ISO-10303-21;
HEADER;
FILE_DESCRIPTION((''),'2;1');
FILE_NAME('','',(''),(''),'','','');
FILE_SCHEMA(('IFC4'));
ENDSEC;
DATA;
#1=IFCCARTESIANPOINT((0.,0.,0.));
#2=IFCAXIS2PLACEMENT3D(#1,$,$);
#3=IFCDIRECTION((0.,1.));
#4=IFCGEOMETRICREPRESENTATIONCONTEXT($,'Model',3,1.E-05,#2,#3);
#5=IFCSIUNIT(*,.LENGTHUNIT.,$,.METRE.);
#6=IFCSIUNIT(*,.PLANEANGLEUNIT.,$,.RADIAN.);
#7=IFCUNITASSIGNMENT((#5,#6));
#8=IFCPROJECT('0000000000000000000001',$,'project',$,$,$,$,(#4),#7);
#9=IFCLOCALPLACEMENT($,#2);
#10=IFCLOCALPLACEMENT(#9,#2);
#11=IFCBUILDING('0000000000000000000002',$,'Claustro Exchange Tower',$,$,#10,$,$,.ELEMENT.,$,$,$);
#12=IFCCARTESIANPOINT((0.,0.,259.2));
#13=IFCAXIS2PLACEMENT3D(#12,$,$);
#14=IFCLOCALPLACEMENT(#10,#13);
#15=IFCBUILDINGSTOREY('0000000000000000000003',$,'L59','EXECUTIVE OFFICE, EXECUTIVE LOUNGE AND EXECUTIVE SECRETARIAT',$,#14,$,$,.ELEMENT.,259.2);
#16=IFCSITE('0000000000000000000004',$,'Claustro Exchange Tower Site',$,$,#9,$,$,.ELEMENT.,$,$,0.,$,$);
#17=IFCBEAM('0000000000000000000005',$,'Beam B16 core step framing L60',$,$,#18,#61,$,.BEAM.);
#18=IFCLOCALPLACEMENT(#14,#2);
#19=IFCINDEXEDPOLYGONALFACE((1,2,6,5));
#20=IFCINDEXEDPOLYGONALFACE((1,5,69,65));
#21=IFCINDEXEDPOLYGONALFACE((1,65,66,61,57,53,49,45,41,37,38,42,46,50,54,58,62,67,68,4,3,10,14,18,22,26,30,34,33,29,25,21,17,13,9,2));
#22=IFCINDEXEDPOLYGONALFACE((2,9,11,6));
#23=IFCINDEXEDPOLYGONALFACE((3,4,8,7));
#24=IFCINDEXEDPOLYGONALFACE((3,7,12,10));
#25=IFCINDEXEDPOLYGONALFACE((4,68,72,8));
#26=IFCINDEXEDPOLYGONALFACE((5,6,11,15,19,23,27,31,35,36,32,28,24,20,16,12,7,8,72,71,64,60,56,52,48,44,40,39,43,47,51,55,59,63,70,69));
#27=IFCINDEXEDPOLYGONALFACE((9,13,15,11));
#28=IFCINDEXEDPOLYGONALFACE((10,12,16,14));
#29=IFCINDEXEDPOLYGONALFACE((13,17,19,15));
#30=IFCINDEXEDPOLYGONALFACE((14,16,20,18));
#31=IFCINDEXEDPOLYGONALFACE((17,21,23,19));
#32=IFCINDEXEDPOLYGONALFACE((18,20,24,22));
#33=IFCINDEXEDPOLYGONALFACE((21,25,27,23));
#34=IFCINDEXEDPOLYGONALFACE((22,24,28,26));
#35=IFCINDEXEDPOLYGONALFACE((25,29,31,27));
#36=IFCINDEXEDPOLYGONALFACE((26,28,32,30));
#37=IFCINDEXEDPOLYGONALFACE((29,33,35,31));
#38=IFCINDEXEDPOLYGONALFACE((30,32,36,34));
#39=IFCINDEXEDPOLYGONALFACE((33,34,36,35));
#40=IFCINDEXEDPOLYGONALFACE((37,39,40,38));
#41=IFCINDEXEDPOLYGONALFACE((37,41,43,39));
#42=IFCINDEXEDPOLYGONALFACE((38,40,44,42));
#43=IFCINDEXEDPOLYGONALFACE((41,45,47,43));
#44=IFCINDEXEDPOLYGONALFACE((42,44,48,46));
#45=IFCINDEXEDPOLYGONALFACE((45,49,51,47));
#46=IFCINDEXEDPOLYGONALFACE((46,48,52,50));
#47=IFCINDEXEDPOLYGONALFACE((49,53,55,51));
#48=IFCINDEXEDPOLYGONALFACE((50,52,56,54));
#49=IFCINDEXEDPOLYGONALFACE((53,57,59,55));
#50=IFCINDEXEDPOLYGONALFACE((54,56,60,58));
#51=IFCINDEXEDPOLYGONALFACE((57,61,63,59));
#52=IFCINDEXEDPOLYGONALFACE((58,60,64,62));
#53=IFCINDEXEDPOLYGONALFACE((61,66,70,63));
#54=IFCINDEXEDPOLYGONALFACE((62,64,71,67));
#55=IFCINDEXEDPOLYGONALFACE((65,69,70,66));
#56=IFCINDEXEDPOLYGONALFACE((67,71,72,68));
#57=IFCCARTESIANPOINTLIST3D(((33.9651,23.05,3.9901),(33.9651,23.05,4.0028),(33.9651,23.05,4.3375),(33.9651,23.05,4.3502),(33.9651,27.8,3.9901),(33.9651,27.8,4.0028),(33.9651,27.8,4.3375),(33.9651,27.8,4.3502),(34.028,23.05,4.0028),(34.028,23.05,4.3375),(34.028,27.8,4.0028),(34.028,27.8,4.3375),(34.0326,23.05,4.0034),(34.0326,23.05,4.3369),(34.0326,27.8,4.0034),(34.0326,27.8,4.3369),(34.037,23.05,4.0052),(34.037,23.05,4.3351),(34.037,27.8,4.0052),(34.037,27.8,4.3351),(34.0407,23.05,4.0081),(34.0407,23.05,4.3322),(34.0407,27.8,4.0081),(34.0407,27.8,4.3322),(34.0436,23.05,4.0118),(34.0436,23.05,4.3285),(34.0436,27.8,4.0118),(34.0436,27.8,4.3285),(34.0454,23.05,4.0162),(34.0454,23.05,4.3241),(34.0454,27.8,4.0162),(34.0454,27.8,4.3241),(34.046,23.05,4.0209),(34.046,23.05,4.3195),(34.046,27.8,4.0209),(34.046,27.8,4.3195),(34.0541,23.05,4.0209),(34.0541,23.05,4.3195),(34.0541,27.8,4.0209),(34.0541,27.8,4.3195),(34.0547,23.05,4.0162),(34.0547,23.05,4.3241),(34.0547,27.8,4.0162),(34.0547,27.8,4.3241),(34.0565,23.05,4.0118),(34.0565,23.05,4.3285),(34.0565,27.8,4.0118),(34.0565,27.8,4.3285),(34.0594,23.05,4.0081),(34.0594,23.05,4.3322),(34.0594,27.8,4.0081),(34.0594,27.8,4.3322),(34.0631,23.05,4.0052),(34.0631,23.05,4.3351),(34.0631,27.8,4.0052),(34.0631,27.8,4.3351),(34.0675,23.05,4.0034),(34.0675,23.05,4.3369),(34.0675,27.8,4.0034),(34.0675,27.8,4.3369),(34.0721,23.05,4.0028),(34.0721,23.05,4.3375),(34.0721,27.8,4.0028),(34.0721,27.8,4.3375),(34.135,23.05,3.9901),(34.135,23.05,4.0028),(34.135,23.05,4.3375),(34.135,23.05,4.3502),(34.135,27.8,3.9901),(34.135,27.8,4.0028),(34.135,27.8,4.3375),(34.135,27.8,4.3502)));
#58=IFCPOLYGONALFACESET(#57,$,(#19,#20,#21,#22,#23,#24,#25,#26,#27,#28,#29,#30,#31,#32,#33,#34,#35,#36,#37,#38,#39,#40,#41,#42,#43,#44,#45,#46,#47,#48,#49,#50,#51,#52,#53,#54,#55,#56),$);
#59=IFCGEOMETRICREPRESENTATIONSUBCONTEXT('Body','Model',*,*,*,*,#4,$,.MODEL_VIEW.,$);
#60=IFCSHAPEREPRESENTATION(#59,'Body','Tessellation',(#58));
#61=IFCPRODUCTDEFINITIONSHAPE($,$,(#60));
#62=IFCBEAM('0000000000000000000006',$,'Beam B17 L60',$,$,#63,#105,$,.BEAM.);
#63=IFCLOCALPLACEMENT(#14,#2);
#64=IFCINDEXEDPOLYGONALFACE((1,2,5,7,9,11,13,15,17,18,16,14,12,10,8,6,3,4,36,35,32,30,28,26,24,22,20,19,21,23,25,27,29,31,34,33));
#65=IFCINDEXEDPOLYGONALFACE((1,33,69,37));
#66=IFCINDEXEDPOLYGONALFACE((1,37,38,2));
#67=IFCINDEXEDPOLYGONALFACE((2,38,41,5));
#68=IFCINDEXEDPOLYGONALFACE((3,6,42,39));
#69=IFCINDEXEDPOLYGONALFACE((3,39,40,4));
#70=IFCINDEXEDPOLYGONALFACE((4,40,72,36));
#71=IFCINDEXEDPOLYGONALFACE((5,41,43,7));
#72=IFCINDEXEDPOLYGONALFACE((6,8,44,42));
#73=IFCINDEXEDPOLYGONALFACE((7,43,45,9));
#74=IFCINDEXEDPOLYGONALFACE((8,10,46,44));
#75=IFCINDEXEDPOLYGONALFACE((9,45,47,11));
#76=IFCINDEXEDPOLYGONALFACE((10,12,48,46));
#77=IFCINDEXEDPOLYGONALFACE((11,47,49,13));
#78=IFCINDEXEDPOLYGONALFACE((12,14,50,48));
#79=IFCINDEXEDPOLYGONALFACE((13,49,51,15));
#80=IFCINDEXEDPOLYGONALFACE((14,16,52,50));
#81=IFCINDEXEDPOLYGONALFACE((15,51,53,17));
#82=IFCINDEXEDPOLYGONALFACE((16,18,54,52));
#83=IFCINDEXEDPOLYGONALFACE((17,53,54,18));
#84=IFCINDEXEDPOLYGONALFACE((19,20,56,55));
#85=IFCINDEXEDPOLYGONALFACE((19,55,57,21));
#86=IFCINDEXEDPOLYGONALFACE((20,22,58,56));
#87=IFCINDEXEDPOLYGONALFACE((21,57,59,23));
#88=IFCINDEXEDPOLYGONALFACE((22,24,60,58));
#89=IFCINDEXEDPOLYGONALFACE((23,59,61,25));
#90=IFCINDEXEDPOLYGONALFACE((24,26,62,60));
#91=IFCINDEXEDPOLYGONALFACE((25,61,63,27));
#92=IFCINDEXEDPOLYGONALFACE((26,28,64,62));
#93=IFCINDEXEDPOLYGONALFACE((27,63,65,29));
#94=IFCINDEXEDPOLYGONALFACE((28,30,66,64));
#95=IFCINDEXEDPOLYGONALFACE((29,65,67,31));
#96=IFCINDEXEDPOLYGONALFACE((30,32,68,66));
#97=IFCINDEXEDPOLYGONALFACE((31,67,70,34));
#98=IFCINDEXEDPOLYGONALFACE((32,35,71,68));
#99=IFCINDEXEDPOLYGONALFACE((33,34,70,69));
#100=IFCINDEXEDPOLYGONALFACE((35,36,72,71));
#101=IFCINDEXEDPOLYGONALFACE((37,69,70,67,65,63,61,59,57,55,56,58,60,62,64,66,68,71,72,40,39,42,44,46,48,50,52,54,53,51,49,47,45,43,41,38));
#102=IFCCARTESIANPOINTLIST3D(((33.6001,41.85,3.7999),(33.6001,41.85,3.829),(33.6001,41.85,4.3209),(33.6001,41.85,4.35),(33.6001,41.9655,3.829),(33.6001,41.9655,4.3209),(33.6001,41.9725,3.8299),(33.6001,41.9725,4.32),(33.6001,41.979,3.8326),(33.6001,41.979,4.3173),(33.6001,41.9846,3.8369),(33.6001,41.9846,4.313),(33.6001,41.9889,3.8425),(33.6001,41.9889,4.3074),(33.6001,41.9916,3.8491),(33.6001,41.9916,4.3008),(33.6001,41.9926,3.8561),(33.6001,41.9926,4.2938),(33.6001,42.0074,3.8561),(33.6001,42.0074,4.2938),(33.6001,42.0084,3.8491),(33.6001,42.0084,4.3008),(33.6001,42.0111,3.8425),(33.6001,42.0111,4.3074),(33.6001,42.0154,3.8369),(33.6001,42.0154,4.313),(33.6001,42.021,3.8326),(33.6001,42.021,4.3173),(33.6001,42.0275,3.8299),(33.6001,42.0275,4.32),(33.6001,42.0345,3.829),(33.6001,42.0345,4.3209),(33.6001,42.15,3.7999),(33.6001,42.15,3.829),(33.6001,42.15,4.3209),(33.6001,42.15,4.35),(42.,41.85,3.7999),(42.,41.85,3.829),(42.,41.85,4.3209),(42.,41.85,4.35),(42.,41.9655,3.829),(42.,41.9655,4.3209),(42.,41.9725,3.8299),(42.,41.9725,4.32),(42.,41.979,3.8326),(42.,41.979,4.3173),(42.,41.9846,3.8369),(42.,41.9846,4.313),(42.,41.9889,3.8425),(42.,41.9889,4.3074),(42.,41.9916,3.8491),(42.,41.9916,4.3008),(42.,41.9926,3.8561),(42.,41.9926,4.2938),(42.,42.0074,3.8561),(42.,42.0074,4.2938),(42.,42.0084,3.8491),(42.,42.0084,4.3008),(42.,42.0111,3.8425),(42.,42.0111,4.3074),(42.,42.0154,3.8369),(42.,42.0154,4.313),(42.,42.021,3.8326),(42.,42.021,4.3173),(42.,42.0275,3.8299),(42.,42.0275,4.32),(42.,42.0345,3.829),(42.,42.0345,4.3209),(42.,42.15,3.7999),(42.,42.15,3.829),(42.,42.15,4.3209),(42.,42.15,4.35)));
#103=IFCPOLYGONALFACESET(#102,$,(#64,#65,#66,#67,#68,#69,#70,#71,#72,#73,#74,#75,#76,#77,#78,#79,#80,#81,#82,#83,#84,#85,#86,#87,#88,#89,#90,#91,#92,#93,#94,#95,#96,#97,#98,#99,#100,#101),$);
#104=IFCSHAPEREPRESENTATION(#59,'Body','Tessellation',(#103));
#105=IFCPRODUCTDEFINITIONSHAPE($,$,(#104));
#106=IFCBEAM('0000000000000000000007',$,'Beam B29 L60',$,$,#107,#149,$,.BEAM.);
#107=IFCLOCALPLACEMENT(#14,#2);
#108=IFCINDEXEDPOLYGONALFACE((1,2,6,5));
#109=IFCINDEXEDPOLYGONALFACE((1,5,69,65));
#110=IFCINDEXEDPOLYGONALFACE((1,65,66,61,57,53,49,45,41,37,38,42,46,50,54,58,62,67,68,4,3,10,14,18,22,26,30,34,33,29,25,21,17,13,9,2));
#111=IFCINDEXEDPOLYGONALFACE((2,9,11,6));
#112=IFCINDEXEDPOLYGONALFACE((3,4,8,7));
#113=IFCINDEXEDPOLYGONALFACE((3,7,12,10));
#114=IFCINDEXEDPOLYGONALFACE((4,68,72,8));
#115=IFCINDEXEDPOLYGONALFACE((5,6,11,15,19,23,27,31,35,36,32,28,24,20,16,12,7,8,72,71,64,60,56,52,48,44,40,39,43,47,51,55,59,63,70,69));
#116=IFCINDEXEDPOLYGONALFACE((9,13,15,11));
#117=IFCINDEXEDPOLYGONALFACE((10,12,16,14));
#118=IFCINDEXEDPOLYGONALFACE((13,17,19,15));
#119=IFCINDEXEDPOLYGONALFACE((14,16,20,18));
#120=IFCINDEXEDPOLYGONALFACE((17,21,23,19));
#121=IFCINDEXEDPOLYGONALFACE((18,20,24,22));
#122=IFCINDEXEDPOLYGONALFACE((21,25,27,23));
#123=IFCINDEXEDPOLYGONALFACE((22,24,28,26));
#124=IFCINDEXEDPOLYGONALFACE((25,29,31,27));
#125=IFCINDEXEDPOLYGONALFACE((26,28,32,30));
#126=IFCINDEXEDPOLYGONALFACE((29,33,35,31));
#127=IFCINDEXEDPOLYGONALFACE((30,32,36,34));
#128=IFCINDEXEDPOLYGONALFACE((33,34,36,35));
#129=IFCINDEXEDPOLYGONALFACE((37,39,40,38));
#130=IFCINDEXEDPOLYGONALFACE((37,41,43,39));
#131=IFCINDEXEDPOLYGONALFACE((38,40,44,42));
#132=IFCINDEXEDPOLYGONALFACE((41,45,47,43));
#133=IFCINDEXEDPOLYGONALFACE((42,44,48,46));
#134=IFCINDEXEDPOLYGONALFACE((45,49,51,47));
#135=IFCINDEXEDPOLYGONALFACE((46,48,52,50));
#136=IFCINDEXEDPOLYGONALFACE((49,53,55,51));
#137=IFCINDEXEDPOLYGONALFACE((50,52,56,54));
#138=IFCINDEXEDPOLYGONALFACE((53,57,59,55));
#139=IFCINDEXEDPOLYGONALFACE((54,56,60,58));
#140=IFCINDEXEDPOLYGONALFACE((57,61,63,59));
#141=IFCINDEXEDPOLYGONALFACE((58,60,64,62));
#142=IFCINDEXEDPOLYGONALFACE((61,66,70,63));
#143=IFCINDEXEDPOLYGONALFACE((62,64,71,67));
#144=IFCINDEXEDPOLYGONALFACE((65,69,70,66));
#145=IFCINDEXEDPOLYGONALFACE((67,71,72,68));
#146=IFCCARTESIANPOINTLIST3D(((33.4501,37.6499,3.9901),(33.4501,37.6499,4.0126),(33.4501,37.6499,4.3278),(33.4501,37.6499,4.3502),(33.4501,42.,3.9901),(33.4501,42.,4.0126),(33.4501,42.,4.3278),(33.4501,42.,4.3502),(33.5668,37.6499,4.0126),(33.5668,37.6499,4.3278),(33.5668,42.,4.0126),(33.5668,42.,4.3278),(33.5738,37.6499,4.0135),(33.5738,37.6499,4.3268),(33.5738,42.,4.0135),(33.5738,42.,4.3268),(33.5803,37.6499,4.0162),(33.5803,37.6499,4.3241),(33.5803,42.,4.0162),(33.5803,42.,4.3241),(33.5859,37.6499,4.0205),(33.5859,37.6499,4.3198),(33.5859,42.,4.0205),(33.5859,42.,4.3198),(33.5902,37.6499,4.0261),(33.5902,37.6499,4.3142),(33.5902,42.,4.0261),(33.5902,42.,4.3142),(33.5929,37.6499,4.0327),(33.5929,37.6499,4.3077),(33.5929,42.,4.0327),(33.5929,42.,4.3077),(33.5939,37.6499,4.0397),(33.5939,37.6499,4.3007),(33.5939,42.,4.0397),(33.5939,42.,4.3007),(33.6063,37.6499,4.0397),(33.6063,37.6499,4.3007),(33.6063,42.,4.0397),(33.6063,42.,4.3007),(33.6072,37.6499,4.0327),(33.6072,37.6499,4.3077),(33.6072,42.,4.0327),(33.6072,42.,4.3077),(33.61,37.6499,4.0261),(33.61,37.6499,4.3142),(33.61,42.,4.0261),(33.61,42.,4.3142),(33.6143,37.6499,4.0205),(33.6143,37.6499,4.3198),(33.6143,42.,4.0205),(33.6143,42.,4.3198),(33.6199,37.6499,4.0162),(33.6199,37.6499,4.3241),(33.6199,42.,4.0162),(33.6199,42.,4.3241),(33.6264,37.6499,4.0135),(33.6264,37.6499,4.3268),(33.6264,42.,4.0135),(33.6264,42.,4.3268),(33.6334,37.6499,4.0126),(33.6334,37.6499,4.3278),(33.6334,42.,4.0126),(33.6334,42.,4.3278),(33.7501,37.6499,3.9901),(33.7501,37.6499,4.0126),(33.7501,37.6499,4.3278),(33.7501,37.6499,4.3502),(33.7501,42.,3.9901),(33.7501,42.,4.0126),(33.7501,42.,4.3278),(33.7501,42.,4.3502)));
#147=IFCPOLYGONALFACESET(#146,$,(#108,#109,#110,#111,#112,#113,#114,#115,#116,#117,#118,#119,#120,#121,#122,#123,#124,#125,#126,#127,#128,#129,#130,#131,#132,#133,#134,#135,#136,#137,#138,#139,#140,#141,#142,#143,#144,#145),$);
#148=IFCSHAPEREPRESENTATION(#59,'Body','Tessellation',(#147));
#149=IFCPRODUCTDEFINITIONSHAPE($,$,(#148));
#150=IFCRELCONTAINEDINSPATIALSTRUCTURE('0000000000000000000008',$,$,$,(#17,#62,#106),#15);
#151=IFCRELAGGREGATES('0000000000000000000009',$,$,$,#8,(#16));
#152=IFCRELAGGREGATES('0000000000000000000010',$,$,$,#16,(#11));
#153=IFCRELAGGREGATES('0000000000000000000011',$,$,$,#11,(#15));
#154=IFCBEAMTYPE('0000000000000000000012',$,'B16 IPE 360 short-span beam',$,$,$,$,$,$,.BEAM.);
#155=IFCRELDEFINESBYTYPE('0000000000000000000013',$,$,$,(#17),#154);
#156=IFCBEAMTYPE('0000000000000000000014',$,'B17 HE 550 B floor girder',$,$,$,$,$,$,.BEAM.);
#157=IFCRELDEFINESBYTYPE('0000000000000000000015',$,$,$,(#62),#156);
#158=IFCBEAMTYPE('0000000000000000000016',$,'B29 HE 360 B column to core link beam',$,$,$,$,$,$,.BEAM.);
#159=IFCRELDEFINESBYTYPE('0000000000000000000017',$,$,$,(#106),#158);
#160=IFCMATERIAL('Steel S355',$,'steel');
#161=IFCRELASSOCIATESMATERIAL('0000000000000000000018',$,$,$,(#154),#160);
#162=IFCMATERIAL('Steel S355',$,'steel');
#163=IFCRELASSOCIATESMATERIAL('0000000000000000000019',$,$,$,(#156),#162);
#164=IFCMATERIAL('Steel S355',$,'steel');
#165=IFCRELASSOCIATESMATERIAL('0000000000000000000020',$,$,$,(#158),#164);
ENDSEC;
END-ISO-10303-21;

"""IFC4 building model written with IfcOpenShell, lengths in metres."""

from ifc_helpers import new_model, si_unit, direction, frame, origin, origin_2d, place, context, subcontext, project, spatial, i_section, extrude, material, material_profile, profile_set, type_object, element, save


model = new_model("IFC4")

# Units and contexts
model_context = context("Model", 3, precision=1e-05, world=origin(), true_north=direction((0.0, 1.0)))
body_context = subcontext(model_context, "Body", "Model", "MODEL_VIEW")
ifc_project = project(units=[si_unit("LENGTHUNIT", "METRE"), si_unit("PLANEANGLEUNIT", "RADIAN")], contexts=[model_context])

# Site, building, storey
site_placement = place(None, origin())
site = spatial("IfcSite", under=ifc_project, at=site_placement, Name="Claustro Exchange Tower Site", CompositionType="ELEMENT", RefElevation=0.0)
building_placement = place(site_placement, origin())
building = spatial("IfcBuilding", under=site, at=building_placement, Name="Claustro Exchange Tower", CompositionType="ELEMENT")
storey_placement = place(building_placement, frame((0.0, 0.0, 259.2)))
storey = spatial("IfcBuildingStorey", under=building, at=storey_placement, Name="L59", Description="EXECUTIVE OFFICE, EXECUTIVE LOUNGE AND EXECUTIVE SECRETARIAT", CompositionType="ELEMENT", Elevation=259.2)

# Beams
ifc_material_1 = material(Name="Steel S355", Category="steel")
ifc_material_profile_1 = material_profile(ifc_material_1, i_section(OverallWidth=0.1699, OverallDepth=0.3601, WebThickness=0.0081, FlangeThickness=0.0127, FilletRadius=0.0181, at=origin_2d()), Name="IPE 360")
ifc_profile_set_1 = profile_set([ifc_material_profile_1], Name="Steel S355")
beam_type_1 = type_object("IfcBeamType", Name="B16 IPE 360 short-span beam", PredefinedType="BEAM", material=ifc_profile_set_1)
beam_1_placement = place(storey_placement, frame((34.05, 23.05, 4.1702), z_axis=(0.0, 1.0, 0.0), x_axis=(-1.0, 0.0, 0.0)))
element("IfcBeam", 1, at=beam_1_placement, inside=storey, type_object=beam_type_1, Name="Beam B16 core step framing L60", PredefinedType="BEAM", context=body_context, shape_type="SweptSolid", body=[
    extrude(i_section(OverallWidth=0.1699, OverallDepth=0.3601, WebThickness=0.0081, FlangeThickness=0.0127, FilletRadius=0.0181, at=origin_2d()), origin(), (0.0, 0.0, 1.0), 4.75),
])
ifc_material_2 = material(Name="Steel S355", Category="steel")
ifc_material_profile_2 = material_profile(ifc_material_2, i_section(OverallWidth=0.3, OverallDepth=0.55, WebThickness=0.0149, FlangeThickness=0.0291, FilletRadius=0.0271, at=origin_2d()), Name="HE 550 B")
ifc_profile_set_2 = profile_set([ifc_material_profile_2], Name="Steel S355")
beam_type_2 = type_object("IfcBeamType", Name="B17 HE 550 B floor girder", PredefinedType="BEAM", material=ifc_profile_set_2)
beam_2_placement = place(storey_placement, frame((33.6001, 42.0, 4.075), z_axis=(1.0, 0.0, 0.0), x_axis=(0.0, 1.0, 0.0)))
element("IfcBeam", 2, at=beam_2_placement, inside=storey, type_object=beam_type_2, Name="Beam B17 L60", PredefinedType="BEAM", context=body_context, shape_type="SweptSolid", body=[
    extrude(i_section(OverallWidth=0.3, OverallDepth=0.55, WebThickness=0.0149, FlangeThickness=0.0291, FilletRadius=0.0271, at=origin_2d()), origin(), (0.0, 0.0, 1.0), 8.3999),
])
ifc_material_3 = material(Name="Steel S355", Category="steel")
ifc_material_profile_3 = material_profile(ifc_material_3, i_section(OverallWidth=0.3, OverallDepth=0.3601, WebThickness=0.0125, FlangeThickness=0.0225, FilletRadius=0.0271, at=origin_2d()), Name="HE 360 B")
ifc_profile_set_3 = profile_set([ifc_material_profile_3], Name="Steel S355")
beam_type_3 = type_object("IfcBeamType", Name="B29 HE 360 B column to core link beam", PredefinedType="BEAM", material=ifc_profile_set_3)
beam_3_placement = place(storey_placement, frame((33.6001, 37.6499, 4.1702), z_axis=(0.0, 1.0, 0.0), x_axis=(-1.0, 0.0, 0.0)))
element("IfcBeam", 3, at=beam_3_placement, inside=storey, type_object=beam_type_3, Name="Beam B29 L60", PredefinedType="BEAM", context=body_context, shape_type="SweptSolid", body=[
    extrude(i_section(OverallWidth=0.3, OverallDepth=0.3601, WebThickness=0.0125, FlangeThickness=0.0225, FilletRadius=0.0271, at=origin_2d()), origin(), (0.0, 0.0, 1.0), 4.3501),
])

save(model, "model.ifc")
